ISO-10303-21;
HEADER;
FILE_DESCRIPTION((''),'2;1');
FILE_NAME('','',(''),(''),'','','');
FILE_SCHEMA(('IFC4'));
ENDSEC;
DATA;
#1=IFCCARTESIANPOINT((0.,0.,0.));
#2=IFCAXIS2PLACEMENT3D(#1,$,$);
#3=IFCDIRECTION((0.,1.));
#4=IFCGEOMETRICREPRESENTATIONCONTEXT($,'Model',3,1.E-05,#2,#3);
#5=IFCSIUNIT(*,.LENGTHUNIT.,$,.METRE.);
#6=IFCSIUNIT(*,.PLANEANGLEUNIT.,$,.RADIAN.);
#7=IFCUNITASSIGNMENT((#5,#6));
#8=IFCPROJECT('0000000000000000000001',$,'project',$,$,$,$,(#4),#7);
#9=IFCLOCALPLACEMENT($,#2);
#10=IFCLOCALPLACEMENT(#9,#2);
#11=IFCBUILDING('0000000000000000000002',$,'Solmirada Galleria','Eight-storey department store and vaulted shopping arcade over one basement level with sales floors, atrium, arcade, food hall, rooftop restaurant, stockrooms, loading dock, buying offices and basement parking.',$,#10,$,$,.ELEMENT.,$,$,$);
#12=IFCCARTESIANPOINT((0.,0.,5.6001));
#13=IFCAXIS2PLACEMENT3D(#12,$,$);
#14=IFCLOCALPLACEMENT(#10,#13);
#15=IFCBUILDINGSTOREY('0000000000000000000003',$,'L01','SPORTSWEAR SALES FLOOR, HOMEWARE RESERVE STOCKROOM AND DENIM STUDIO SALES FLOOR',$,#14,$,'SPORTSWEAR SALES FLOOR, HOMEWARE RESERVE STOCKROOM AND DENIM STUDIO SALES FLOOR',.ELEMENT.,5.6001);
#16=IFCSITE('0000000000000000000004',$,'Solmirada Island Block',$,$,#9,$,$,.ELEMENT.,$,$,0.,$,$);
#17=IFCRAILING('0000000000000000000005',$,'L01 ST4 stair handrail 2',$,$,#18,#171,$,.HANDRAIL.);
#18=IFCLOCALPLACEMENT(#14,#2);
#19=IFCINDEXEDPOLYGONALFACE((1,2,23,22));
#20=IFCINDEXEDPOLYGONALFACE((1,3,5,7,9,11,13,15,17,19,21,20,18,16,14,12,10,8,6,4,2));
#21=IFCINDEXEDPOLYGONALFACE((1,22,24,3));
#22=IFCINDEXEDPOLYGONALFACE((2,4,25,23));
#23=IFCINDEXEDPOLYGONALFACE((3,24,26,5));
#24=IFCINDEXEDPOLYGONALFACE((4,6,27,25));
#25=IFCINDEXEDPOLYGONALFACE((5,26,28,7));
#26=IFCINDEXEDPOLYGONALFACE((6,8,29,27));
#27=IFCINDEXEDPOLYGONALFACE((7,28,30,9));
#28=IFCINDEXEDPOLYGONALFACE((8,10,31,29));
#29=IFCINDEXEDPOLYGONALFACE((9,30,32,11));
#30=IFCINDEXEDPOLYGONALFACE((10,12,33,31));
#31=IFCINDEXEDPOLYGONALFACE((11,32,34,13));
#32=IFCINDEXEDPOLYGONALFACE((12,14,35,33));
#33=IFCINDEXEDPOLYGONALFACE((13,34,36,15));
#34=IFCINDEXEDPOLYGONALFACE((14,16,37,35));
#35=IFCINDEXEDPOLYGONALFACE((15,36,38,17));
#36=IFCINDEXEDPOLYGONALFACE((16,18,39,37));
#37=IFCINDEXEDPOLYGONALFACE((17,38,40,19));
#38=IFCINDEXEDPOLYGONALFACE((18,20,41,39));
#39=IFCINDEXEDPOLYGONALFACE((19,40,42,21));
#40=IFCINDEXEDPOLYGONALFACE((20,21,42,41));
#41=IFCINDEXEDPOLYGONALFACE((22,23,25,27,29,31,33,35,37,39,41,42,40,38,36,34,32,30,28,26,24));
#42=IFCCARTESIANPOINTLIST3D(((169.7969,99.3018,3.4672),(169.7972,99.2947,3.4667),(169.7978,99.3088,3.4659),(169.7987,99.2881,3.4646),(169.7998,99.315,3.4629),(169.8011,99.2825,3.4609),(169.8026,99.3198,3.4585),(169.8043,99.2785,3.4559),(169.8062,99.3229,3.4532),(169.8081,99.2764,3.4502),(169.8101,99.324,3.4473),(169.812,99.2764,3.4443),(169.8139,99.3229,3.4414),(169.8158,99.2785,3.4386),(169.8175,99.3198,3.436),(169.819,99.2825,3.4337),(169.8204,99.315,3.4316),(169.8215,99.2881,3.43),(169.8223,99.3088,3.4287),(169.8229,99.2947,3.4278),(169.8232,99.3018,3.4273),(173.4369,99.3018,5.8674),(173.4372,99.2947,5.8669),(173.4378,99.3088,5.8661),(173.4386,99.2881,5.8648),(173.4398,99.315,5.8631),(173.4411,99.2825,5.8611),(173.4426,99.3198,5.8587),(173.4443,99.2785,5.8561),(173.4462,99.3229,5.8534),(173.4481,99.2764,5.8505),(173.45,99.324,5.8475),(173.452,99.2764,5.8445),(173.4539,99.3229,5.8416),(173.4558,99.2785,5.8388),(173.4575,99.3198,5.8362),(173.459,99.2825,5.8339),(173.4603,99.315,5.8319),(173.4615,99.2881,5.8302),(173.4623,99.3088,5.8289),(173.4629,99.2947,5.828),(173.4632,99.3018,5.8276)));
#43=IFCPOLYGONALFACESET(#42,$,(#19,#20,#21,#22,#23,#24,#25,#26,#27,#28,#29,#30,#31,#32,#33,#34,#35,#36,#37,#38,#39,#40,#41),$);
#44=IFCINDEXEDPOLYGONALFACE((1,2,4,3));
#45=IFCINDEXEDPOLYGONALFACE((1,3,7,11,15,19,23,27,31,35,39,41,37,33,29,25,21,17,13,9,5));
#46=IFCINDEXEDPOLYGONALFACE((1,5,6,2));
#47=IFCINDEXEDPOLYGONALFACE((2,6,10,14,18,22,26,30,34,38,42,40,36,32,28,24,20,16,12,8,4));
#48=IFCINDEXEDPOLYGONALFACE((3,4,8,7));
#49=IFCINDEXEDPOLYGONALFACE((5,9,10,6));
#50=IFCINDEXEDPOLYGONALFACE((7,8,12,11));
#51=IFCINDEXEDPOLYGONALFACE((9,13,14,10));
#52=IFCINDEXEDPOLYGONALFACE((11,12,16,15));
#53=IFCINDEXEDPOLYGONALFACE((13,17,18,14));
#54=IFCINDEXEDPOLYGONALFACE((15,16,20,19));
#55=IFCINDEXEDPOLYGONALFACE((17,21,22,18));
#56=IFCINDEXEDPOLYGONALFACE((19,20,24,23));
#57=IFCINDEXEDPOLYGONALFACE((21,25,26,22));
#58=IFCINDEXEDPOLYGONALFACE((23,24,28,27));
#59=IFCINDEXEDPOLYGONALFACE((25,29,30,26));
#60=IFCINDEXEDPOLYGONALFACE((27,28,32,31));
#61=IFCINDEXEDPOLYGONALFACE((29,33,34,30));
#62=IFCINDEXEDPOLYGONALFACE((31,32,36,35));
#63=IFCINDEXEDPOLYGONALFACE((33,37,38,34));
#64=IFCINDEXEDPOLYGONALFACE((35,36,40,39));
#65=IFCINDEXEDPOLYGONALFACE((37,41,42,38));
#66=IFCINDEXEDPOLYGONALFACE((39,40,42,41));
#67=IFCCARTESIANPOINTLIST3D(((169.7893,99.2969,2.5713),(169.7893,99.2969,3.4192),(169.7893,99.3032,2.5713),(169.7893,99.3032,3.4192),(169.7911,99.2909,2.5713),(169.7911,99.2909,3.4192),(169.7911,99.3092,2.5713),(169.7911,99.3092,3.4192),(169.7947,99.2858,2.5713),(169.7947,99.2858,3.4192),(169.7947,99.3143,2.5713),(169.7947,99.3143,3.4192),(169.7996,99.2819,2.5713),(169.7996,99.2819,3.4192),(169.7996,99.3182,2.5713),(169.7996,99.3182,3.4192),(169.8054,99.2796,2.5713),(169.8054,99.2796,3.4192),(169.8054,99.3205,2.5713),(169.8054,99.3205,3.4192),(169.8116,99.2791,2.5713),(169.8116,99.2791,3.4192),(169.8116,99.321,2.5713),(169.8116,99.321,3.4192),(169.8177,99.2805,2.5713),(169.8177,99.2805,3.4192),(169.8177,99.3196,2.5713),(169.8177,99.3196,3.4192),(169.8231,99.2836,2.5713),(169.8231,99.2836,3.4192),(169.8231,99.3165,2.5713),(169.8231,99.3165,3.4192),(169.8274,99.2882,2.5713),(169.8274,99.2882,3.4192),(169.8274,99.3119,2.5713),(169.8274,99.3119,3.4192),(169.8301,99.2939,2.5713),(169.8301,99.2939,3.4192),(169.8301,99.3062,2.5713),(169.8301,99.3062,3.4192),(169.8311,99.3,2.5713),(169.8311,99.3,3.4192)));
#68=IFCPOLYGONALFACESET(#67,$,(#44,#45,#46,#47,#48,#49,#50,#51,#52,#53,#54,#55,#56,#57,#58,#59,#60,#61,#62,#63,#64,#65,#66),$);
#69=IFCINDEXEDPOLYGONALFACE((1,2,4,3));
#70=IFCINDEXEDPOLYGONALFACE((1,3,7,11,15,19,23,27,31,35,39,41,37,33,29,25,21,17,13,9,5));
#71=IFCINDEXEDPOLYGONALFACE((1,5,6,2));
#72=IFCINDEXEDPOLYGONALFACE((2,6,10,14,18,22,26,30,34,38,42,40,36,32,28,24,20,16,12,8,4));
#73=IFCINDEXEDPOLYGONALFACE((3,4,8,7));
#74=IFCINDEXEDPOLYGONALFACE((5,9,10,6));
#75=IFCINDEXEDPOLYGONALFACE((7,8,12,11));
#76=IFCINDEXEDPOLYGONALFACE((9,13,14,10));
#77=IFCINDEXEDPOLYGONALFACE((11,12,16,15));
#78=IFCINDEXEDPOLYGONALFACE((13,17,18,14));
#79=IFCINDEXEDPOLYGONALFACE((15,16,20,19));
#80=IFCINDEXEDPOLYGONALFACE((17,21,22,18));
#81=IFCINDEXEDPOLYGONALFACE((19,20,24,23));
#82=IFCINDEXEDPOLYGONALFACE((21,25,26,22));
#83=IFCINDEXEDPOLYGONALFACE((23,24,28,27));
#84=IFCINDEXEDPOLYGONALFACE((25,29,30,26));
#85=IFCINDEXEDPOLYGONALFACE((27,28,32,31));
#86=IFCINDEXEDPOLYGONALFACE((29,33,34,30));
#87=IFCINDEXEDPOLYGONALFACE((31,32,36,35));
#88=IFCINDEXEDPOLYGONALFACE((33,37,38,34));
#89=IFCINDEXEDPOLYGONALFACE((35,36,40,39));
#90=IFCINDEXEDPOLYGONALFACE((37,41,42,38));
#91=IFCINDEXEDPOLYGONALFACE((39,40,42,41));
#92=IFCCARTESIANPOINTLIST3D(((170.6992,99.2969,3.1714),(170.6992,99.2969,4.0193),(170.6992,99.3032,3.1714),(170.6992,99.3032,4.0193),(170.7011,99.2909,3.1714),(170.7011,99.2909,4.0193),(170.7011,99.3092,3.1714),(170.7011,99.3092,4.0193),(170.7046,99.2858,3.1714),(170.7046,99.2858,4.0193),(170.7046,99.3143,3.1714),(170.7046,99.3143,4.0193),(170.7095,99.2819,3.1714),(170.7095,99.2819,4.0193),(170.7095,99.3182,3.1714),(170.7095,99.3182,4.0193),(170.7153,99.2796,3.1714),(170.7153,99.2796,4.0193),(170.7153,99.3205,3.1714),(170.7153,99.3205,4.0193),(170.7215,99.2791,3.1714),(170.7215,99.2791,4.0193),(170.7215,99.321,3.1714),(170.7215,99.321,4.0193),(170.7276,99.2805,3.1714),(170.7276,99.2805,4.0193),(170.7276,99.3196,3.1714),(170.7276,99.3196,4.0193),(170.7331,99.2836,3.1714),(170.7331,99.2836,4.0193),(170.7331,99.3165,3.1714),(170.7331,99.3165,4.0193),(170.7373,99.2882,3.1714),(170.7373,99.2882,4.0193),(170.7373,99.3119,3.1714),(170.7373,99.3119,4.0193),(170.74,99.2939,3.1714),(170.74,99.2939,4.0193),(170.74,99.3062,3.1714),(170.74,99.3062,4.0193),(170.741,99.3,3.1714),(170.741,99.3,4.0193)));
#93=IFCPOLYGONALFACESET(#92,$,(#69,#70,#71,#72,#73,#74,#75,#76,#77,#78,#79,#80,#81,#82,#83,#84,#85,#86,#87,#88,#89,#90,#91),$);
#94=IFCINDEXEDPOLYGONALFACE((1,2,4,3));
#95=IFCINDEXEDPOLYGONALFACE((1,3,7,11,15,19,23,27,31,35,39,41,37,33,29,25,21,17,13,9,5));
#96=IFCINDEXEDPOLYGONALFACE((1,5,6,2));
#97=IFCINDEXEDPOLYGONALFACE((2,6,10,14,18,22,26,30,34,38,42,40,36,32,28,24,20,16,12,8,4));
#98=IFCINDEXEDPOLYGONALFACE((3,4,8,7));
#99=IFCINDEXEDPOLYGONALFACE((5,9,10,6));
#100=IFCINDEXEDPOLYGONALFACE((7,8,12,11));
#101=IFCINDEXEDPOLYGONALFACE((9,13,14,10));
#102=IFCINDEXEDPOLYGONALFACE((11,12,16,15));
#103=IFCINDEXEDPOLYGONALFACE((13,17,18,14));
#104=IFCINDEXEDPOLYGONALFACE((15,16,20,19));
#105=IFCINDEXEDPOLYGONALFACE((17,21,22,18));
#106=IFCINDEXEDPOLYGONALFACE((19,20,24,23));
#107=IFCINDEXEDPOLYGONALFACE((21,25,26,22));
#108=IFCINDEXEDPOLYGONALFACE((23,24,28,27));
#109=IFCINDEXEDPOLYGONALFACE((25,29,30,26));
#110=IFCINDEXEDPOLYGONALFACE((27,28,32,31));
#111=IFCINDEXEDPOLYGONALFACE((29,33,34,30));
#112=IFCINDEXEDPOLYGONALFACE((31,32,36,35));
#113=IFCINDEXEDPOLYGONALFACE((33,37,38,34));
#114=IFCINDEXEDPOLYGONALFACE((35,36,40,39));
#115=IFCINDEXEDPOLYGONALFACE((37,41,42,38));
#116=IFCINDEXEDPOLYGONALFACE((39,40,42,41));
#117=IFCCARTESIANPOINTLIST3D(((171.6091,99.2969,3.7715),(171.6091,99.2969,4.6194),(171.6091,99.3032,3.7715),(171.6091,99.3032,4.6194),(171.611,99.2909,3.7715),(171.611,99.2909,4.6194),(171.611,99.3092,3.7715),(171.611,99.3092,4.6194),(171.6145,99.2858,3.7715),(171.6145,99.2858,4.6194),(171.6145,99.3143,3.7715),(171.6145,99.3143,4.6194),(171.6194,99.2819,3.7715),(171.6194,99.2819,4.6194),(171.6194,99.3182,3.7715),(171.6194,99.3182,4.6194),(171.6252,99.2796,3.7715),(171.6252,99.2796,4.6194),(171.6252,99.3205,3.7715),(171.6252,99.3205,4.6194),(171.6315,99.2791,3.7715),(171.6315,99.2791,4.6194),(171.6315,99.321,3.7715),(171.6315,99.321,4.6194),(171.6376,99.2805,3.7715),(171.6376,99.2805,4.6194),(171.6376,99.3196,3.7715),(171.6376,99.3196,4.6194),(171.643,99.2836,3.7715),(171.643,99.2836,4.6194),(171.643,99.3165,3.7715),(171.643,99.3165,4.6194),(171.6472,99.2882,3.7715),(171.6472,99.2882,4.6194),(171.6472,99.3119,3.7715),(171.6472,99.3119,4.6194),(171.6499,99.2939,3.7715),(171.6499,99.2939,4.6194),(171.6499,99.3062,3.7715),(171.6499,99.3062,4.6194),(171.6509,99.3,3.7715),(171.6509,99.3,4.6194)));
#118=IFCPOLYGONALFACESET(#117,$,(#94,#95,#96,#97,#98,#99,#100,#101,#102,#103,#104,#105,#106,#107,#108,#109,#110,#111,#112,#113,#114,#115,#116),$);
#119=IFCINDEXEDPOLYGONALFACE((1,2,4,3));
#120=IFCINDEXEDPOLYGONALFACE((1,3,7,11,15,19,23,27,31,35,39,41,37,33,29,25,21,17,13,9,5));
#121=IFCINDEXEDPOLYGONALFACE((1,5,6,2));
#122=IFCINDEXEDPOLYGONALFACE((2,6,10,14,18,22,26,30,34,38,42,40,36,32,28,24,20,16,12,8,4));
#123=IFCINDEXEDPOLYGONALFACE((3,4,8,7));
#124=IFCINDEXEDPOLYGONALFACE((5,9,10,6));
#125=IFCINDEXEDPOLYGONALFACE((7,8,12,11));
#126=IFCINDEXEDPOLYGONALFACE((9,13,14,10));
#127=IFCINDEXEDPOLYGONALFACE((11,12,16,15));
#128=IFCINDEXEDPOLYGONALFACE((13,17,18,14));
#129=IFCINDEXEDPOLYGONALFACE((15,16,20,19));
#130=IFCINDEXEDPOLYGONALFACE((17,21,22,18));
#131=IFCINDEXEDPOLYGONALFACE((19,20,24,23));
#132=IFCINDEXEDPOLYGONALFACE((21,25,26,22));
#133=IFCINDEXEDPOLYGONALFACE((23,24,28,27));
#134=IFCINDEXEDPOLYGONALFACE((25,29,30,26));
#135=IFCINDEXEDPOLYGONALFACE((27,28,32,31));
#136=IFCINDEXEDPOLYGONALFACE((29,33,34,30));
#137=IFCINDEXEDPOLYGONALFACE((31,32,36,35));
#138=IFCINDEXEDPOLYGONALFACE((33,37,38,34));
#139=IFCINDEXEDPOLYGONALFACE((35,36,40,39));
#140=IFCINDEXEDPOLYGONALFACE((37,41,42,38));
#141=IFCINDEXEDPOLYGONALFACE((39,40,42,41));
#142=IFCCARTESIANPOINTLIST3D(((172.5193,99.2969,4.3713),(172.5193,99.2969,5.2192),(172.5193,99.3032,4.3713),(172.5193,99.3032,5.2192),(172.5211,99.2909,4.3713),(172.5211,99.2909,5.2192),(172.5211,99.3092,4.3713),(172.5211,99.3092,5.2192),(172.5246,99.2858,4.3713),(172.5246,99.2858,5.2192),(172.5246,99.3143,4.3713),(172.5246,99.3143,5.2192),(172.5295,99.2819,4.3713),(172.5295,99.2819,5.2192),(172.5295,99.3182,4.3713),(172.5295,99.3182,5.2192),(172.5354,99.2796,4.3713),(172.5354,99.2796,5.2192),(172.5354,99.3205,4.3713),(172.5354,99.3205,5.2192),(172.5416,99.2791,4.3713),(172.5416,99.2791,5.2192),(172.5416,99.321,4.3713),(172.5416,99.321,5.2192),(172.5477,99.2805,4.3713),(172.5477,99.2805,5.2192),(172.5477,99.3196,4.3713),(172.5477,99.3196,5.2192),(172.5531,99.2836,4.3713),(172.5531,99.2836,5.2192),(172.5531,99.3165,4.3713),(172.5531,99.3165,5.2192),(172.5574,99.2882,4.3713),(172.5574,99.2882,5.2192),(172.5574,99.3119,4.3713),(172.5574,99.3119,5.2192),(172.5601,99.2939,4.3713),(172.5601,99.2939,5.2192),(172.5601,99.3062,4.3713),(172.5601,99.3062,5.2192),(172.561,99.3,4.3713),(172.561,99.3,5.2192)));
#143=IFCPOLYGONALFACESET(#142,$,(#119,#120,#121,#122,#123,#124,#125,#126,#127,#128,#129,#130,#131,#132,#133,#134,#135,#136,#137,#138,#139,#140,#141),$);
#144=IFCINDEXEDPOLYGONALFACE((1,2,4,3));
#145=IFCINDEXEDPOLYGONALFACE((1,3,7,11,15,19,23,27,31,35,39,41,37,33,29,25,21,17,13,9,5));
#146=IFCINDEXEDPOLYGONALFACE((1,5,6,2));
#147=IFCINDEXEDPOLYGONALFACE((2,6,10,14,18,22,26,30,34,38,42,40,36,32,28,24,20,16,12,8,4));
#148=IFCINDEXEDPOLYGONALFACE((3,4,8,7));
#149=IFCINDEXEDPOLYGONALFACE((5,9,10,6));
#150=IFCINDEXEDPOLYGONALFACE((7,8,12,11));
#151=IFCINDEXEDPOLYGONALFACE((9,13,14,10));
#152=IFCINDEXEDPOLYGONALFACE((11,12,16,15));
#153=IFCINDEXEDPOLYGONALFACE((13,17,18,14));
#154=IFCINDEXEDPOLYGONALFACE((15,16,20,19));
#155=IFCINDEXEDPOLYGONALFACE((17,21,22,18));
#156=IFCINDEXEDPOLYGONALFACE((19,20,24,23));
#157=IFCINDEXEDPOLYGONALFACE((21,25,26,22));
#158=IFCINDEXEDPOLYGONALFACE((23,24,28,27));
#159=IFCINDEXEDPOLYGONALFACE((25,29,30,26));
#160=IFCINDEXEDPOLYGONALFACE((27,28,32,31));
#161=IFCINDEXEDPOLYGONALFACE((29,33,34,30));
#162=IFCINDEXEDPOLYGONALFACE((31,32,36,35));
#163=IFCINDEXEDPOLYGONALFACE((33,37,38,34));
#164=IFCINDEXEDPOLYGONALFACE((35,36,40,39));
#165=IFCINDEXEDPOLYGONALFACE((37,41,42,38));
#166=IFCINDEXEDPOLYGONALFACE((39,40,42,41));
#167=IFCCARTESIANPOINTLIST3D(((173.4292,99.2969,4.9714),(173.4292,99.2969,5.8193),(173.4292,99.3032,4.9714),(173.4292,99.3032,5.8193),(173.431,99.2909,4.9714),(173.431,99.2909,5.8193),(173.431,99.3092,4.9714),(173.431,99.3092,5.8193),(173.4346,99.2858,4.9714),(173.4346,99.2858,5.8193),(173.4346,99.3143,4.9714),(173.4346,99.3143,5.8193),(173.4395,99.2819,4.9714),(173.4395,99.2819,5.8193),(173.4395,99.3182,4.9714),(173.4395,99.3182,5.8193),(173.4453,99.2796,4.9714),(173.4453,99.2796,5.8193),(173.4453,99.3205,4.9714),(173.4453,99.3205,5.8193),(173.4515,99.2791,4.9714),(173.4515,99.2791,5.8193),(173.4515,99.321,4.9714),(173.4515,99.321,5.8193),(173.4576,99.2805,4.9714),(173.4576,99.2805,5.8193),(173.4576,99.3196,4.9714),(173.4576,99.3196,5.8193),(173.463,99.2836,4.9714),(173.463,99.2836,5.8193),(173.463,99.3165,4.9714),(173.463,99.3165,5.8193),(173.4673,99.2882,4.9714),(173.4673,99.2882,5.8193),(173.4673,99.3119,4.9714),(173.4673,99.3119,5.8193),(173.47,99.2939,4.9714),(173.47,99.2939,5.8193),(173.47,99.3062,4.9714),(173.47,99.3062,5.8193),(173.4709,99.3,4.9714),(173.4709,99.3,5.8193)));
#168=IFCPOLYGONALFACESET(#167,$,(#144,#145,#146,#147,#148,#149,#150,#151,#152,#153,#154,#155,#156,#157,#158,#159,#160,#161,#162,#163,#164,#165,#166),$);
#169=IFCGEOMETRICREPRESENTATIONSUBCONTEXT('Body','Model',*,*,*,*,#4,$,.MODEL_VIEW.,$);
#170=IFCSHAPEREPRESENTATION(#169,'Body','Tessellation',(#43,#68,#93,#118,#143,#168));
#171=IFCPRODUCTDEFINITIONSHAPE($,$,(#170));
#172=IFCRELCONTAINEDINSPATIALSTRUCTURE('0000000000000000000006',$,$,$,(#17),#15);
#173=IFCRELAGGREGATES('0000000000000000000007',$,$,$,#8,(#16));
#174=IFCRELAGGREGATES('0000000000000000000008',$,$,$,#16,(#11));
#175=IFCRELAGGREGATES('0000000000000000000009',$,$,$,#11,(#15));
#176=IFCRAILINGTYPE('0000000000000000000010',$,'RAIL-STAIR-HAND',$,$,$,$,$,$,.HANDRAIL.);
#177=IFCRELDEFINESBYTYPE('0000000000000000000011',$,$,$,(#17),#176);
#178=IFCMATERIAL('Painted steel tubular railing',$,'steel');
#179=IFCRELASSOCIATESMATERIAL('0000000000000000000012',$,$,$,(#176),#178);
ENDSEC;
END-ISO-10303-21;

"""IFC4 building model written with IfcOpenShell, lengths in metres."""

from ifc_helpers import new_model, si_unit, direction, frame, origin, origin_2d, place, context, subcontext, project, spatial, circle, extrude, material, type_object, element, save


model = new_model("IFC4")

# Units and contexts
model_context = context("Model", 3, precision=1e-05, world=origin(), true_north=direction((0.0, 1.0)))
body_context = subcontext(model_context, "Body", "Model", "MODEL_VIEW")
ifc_project = project(units=[si_unit("LENGTHUNIT", "METRE"), si_unit("PLANEANGLEUNIT", "RADIAN")], contexts=[model_context])

# Site, building, storey
site_placement = place(None, origin())
site = spatial("IfcSite", under=ifc_project, at=site_placement, Name="Solmirada Island Block", CompositionType="ELEMENT", RefElevation=0.0)
building_placement = place(site_placement, origin())
building = spatial("IfcBuilding", under=site, at=building_placement, Name="Solmirada Galleria", Description="Eight-storey department store and vaulted shopping arcade over one basement level with sales floors, atrium, arcade, food hall, rooftop restaurant, stockrooms, loading dock, buying offices and basement parking.", CompositionType="ELEMENT")
storey_placement = place(building_placement, frame((0.0, 0.0, 5.6001)))
storey = spatial("IfcBuildingStorey", under=building, at=storey_placement, Name="L01", Description="SPORTSWEAR SALES FLOOR, HOMEWARE RESERVE STOCKROOM AND DENIM STUDIO SALES FLOOR", LongName="SPORTSWEAR SALES FLOOR, HOMEWARE RESERVE STOCKROOM AND DENIM STUDIO SALES FLOOR", CompositionType="ELEMENT", Elevation=5.6001)

# Railing
ifc_material_1 = material(Name="Painted steel tubular railing", Category="steel")
railing_type_1 = type_object("IfcRailingType", Name="RAIL-STAIR-HAND", PredefinedType="HANDRAIL", material=ifc_material_1)
railing_1_placement = place(storey_placement, frame((169.8101, 99.3, 2.5713)))
element("IfcRailing", 1, at=railing_1_placement, inside=storey, type_object=railing_type_1, Name="L01 ST4 stair handrail 2", PredefinedType="HANDRAIL", context=body_context, shape_type="SweptSolid", body=[
    extrude(circle(Radius=0.0239, at=origin_2d()), frame((0.0, 0.0, 0.876), z_axis=(0.834839, 0.0, 0.550493), x_axis=(0.0, 1.0, 0.0)), (0.0, 0.0, 1.0), 4.3601),
    extrude(circle(Radius=0.021, at=origin_2d()), origin(), (0.0, 0.0, 1.0), 0.8479),
    extrude(circle(Radius=0.021, at=origin_2d()), frame((0.9099, 0.0, 0.6001)), (0.0, 0.0, 1.0), 0.8479),
    extrude(circle(Radius=0.021, at=origin_2d()), frame((1.8198, 0.0, 1.2002)), (0.0, 0.0, 1.0), 0.8479),
    extrude(circle(Radius=0.021, at=origin_2d()), frame((2.73, 0.0, 1.8)), (0.0, 0.0, 1.0), 0.8479),
    extrude(circle(Radius=0.021, at=origin_2d()), frame((3.6399, 0.0, 2.4001)), (0.0, 0.0, 1.0), 0.8479),
])

save(model, "model.ifc")
